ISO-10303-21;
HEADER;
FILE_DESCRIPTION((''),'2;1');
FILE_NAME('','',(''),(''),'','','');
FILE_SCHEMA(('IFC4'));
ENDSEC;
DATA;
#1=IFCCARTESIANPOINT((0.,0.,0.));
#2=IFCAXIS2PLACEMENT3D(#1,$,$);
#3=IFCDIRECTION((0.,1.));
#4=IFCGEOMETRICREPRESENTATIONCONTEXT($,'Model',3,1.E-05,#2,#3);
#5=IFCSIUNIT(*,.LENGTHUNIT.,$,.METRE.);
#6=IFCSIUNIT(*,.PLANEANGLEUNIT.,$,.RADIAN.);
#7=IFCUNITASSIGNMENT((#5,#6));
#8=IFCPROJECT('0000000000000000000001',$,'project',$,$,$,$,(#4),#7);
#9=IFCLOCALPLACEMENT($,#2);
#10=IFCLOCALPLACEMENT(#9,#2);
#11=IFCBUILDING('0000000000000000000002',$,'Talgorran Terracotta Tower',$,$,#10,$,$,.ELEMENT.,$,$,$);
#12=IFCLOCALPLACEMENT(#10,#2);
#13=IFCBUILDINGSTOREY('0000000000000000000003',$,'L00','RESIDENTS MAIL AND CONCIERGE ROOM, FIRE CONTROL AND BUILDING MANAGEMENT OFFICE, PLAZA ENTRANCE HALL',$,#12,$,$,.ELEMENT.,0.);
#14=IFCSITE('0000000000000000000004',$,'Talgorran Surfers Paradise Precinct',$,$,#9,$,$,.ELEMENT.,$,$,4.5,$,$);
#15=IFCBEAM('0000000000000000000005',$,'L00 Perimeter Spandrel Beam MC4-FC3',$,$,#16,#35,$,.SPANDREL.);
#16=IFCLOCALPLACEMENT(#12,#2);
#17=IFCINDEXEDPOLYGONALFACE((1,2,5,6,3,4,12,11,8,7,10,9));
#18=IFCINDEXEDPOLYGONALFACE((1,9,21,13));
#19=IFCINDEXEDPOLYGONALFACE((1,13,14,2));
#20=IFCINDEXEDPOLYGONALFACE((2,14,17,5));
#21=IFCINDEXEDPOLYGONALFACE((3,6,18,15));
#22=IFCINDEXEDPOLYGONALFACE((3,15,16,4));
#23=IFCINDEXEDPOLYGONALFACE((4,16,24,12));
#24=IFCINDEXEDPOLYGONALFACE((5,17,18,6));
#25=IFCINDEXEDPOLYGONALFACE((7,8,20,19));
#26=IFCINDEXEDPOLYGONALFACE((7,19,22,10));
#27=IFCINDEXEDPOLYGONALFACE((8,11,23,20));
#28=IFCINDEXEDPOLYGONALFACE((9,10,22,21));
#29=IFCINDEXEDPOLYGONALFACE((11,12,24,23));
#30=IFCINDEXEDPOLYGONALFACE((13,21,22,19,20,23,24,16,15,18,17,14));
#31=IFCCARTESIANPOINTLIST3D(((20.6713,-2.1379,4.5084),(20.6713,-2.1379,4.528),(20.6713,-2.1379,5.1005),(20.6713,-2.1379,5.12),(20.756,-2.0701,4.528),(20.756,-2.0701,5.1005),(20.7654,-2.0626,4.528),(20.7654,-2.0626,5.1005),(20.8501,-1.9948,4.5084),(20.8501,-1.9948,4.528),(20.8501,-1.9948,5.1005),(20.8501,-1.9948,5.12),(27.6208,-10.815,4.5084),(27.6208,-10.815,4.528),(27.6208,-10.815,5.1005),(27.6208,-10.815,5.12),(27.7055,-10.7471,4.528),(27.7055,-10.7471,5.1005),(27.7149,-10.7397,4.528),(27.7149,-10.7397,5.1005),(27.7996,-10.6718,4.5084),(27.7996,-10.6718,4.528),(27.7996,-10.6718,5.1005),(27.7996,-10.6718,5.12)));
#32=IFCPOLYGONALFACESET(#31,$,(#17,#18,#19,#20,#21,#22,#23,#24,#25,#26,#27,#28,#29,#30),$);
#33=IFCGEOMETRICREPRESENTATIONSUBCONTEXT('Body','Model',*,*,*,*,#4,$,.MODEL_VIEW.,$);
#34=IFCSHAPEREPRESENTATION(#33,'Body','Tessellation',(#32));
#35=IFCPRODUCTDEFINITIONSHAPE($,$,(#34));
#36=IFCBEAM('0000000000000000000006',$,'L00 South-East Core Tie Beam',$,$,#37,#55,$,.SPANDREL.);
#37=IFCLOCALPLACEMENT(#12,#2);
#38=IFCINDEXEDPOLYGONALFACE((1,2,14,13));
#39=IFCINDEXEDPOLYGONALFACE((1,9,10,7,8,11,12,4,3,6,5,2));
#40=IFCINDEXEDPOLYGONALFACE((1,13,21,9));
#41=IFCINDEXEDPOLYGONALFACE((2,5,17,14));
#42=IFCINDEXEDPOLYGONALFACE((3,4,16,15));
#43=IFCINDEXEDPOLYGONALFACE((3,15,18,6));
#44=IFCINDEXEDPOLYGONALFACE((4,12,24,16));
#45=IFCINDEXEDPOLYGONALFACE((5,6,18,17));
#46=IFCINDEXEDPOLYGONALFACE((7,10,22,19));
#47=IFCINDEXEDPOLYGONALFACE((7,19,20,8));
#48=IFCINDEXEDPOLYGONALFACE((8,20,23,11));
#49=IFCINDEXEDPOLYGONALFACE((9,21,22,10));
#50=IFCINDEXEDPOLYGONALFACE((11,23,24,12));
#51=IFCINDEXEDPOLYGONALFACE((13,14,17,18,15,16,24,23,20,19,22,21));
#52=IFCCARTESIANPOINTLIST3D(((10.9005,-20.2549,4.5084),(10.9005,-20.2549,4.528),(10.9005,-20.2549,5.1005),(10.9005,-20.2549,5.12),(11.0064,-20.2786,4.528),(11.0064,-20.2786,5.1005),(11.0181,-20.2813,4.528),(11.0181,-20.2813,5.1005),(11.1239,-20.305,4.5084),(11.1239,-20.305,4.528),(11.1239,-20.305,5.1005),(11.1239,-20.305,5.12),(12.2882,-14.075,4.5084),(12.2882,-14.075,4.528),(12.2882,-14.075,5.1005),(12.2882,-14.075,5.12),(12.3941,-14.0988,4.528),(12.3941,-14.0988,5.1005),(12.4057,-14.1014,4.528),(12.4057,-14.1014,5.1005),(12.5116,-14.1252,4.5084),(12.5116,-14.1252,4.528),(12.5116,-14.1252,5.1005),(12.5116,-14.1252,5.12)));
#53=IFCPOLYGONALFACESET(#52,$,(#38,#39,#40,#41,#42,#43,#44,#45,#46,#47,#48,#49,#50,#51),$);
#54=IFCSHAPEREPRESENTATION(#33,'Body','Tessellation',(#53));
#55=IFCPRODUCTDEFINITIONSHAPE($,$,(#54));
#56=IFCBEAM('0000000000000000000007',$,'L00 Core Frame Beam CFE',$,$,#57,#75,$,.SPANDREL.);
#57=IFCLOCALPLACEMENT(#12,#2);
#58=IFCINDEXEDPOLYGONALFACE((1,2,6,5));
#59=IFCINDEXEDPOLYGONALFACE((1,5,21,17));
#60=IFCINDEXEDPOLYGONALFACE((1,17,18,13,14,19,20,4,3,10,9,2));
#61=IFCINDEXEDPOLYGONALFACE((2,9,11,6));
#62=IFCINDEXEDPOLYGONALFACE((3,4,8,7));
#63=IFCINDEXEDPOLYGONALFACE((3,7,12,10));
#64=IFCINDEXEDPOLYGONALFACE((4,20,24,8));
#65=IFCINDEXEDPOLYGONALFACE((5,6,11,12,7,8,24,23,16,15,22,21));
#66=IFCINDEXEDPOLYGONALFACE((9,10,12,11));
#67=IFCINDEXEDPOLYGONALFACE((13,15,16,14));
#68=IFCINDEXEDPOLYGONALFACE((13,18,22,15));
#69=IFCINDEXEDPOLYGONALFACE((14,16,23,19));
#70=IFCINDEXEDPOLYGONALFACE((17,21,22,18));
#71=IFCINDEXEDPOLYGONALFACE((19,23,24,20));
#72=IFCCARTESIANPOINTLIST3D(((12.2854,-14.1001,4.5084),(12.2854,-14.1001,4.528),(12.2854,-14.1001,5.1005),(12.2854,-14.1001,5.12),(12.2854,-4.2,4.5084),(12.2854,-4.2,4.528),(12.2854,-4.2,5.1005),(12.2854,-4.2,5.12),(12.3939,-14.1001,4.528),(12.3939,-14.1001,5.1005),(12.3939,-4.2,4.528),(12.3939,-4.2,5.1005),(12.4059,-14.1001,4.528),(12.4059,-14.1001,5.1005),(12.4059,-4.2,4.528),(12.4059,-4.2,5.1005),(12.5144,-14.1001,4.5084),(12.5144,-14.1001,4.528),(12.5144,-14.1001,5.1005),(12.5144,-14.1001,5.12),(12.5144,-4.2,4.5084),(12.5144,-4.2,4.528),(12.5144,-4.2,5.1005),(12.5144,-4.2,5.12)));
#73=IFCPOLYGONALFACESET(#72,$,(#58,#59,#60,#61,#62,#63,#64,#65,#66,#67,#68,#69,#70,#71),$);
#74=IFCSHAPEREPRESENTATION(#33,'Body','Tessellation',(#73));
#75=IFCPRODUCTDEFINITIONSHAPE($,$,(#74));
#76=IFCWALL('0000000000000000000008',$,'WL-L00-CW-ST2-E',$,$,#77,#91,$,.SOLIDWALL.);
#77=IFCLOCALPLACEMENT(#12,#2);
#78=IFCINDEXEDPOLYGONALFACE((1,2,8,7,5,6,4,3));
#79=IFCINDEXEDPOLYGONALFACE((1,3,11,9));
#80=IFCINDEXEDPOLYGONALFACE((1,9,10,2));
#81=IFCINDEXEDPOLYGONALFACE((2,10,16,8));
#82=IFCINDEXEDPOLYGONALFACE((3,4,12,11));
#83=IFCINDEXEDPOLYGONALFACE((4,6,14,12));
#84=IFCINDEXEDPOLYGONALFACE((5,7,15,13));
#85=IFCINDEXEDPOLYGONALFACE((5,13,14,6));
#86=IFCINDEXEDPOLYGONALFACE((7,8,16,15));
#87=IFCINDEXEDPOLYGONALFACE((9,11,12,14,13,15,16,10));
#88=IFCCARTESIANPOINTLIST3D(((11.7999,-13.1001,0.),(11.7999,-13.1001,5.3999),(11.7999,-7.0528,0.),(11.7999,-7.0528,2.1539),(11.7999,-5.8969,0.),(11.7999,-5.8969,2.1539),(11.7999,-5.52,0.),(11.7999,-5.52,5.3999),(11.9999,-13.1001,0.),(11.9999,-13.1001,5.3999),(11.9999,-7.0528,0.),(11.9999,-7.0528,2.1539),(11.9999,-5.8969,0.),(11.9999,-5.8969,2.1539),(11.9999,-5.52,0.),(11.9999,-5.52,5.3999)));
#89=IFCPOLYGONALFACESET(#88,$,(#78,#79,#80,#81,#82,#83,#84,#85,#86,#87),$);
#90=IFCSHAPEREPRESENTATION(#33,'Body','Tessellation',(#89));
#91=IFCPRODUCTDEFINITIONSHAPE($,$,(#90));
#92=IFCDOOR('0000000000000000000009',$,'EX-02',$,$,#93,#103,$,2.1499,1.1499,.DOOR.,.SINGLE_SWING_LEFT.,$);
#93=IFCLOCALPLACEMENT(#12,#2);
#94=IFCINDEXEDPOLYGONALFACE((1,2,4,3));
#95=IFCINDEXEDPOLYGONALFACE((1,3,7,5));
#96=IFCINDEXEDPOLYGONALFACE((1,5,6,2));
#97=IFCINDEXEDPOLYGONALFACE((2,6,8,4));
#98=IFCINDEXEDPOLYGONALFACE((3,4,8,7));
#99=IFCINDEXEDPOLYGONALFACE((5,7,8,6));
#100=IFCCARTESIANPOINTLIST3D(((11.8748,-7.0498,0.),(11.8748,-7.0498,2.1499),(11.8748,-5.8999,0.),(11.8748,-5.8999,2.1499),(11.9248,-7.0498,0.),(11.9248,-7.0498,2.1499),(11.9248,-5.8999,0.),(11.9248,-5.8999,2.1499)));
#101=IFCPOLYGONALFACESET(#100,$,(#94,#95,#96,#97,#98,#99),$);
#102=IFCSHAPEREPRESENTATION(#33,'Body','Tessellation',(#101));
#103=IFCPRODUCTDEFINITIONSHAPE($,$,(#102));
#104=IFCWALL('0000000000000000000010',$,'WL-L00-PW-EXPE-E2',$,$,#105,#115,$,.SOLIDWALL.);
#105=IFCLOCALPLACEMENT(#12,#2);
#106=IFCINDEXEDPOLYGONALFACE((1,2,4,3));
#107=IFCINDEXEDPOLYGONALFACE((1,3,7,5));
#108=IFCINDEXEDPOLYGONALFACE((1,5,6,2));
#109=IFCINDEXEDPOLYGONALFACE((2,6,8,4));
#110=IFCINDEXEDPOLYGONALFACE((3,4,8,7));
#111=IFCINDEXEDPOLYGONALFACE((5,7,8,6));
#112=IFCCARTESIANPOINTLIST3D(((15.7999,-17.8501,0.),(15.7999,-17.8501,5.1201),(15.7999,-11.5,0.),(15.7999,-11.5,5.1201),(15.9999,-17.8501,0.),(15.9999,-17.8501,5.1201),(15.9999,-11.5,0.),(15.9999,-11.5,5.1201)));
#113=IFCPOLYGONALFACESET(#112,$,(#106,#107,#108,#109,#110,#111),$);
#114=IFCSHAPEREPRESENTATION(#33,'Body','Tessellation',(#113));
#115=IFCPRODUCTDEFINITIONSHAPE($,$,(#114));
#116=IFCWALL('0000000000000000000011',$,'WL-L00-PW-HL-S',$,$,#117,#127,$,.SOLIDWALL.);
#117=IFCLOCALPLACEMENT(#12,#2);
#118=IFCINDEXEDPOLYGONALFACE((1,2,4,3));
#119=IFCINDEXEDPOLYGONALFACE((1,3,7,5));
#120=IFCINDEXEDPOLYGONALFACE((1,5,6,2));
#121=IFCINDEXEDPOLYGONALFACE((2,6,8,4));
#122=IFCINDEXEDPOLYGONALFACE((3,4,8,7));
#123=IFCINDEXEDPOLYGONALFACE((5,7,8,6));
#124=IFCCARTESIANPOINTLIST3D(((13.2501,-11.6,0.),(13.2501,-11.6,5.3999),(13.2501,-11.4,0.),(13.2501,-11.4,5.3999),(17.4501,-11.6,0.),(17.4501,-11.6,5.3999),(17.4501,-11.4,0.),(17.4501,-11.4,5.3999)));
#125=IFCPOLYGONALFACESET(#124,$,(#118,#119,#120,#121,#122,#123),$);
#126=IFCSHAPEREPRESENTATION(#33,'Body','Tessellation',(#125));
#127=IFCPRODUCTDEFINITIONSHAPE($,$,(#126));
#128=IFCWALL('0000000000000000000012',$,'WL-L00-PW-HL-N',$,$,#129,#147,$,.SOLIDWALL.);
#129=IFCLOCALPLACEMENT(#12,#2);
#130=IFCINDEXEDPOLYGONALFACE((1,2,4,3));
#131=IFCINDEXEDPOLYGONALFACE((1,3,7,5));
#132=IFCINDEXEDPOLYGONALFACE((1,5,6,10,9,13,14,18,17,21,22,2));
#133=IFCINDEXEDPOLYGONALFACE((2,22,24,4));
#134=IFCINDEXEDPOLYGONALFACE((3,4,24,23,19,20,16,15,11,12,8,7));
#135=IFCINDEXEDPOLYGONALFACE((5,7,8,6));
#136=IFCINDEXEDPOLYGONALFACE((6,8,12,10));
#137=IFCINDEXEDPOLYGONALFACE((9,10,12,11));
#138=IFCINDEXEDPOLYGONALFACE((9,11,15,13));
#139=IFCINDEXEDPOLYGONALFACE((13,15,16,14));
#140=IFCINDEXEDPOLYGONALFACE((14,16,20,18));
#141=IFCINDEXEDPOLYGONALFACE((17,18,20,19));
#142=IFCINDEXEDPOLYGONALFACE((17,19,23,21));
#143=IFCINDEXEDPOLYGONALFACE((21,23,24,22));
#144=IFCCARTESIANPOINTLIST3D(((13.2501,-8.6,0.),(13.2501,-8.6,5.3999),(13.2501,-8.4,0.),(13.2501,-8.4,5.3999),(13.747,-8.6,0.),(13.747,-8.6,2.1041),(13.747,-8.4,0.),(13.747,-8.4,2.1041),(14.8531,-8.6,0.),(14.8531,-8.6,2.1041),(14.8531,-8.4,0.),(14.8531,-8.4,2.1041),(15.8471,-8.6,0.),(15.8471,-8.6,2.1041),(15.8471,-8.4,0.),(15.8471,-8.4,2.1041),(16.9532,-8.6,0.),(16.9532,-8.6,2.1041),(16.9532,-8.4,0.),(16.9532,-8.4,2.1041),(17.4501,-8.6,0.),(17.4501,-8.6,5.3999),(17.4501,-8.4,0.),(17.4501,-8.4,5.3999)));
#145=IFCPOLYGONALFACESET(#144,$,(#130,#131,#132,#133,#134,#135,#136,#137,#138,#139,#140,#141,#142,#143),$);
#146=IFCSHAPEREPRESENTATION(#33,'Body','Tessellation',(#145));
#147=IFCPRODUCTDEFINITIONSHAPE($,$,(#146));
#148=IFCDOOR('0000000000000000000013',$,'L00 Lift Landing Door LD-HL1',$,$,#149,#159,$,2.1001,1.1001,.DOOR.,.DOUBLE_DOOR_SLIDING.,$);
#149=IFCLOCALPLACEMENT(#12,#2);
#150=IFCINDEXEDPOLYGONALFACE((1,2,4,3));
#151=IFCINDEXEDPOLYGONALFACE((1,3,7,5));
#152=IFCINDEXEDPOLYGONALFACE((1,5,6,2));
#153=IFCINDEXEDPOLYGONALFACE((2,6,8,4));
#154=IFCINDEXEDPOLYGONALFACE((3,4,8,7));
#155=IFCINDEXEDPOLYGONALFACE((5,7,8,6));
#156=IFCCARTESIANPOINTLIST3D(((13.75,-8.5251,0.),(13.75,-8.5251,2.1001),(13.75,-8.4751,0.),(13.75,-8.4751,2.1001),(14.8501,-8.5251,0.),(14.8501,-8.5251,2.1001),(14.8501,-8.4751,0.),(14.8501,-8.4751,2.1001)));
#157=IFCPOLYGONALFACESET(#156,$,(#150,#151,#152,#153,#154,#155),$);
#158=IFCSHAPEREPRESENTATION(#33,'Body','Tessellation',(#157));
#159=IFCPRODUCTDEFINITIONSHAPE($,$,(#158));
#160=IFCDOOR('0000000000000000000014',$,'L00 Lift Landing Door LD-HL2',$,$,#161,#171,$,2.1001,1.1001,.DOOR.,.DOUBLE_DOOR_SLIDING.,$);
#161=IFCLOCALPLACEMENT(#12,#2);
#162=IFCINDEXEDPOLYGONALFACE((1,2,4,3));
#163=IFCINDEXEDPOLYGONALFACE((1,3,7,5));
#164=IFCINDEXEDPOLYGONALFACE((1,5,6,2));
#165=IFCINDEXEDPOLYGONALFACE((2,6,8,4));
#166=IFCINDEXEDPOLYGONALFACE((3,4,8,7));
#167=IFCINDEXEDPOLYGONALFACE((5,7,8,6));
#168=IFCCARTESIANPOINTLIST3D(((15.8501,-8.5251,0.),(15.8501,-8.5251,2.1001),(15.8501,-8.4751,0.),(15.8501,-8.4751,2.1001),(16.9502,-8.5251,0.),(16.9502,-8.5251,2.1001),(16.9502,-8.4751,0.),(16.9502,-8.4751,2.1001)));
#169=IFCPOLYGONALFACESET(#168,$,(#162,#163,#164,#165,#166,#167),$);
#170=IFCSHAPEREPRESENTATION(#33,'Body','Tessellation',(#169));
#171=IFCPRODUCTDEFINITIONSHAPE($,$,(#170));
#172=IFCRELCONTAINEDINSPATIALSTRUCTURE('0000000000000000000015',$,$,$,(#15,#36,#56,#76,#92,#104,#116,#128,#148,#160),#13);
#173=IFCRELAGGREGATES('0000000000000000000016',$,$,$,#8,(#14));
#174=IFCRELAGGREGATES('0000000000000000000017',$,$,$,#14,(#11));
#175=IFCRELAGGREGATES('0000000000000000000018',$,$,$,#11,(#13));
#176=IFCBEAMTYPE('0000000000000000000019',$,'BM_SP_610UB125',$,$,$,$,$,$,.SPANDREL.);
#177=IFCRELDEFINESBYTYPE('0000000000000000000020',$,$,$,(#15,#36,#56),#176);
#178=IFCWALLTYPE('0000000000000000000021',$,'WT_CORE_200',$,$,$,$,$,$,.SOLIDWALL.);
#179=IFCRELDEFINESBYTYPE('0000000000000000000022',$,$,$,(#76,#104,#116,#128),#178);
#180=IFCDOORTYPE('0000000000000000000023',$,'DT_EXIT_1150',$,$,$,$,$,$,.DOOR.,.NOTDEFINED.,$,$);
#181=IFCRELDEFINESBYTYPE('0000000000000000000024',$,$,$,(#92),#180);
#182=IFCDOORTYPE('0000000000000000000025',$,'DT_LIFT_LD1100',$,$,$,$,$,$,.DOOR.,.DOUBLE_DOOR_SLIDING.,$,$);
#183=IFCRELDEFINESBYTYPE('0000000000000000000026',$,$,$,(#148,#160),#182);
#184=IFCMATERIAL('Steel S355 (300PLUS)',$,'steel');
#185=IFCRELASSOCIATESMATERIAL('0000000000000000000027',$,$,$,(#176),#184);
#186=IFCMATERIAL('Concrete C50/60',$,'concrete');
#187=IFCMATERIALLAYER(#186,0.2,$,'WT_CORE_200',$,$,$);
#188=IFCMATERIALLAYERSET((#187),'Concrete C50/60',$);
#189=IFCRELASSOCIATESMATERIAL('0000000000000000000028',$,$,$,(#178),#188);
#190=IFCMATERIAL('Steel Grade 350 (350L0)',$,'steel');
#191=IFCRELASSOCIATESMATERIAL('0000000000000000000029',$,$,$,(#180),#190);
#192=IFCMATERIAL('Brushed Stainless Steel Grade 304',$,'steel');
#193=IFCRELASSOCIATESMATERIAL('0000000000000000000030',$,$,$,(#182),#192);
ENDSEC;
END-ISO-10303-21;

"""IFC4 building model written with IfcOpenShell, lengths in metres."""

from ifc_helpers import new_model, si_unit, direction, frame, frame_2d, origin, origin_2d, place, context, subcontext, project, spatial, rectangle, i_section, extrude, material, layer, layer_set, material_profile, profile_set, type_object, element, fill, save


model = new_model("IFC4")

# Units and contexts
model_context = context("Model", 3, precision=1e-05, world=origin(), true_north=direction((0.0, 1.0)))
body_context = subcontext(model_context, "Body", "Model", "MODEL_VIEW")
ifc_project = project(units=[si_unit("LENGTHUNIT", "METRE"), si_unit("PLANEANGLEUNIT", "RADIAN")], contexts=[model_context])

# Site, building, storey
site_placement = place(None, origin())
site = spatial("IfcSite", under=ifc_project, at=site_placement, Name="Talgorran Surfers Paradise Precinct", CompositionType="ELEMENT", RefElevation=4.5)
building_placement = place(site_placement, origin())
building = spatial("IfcBuilding", under=site, at=building_placement, Name="Talgorran Terracotta Tower", CompositionType="ELEMENT")
storey_placement = place(building_placement, origin())
storey = spatial("IfcBuildingStorey", under=building, at=storey_placement, Name="L00", Description="RESIDENTS MAIL AND CONCIERGE ROOM, FIRE CONTROL AND BUILDING MANAGEMENT OFFICE, PLAZA ENTRANCE HALL", CompositionType="ELEMENT", Elevation=0.0)

# Shared definitions
ifc_material_1 = material(Name="Steel S355 (300PLUS)", Category="steel")
ifc_material_2 = material(Name="Steel Grade 350 (350L0)", Category="steel")

# Beams
ifc_material_profile_1 = material_profile(ifc_material_1, i_section(OverallWidth=0.229, OverallDepth=0.6116, WebThickness=0.012, FlangeThickness=0.0195, at=origin_2d()), Name="610UB125")
ifc_profile_set_1 = profile_set([ifc_material_profile_1], Name="Steel S355 (300PLUS)")
beam_type = type_object("IfcBeamType", Name="BM_SP_610UB125", PredefinedType="SPANDREL", material=ifc_profile_set_1)
beam_1_placement = place(storey_placement, frame((27.7102, -10.7434, 4.8142), z_axis=(-0.625126, 0.780524, 0.0), x_axis=(-0.780524, -0.625126, 0.0)))
element("IfcBeam", 1, at=beam_1_placement, inside=storey, type_object=beam_type, Name="L00 Perimeter Spandrel Beam MC4-FC3", PredefinedType="SPANDREL", context=body_context, shape_type="SweptSolid", body=[
    extrude(i_section(OverallWidth=0.229, OverallDepth=0.6116, WebThickness=0.012, FlangeThickness=0.0195, at=origin_2d()), origin(), (0.0, 0.0, 1.0), 11.1169),
])
beam_2_placement = place(storey_placement, frame((12.3999, -14.1001, 4.8142), z_axis=(-0.219093, -0.975704, 0.0), x_axis=(0.975704, -0.219093, 0.0)))
element("IfcBeam", 2, at=beam_2_placement, inside=storey, type_object=beam_type, Name="L00 South-East Core Tie Beam", PredefinedType="SPANDREL", context=body_context, shape_type="SweptSolid", body=[
    extrude(i_section(OverallWidth=0.229, OverallDepth=0.6116, WebThickness=0.012, FlangeThickness=0.0195, at=origin_2d()), origin(), (0.0, 0.0, 1.0), 6.3337),
])
beam_3_placement = place(storey_placement, frame((12.3999, -14.1001, 4.8142), z_axis=(0.0, 1.0, 0.0), x_axis=(-1.0, 0.0, 0.0)))
element("IfcBeam", 3, at=beam_3_placement, inside=storey, type_object=beam_type, Name="L00 Core Frame Beam CFE", PredefinedType="SPANDREL", context=body_context, shape_type="SweptSolid", body=[
    extrude(i_section(OverallWidth=0.229, OverallDepth=0.6116, WebThickness=0.012, FlangeThickness=0.0195, at=origin_2d()), origin(), (0.0, 0.0, 1.0), 9.9001),
])

# Wall, opening, door
ifc_material_3 = material(Name="Concrete C50/60", Category="concrete")
ifc_layer_1 = layer(ifc_material_3, 0.2, Name="WT_CORE_200")
ifc_layer_set_1 = layer_set([ifc_layer_1], Name="Concrete C50/60")
wall_type_1 = type_object("IfcWallType", Name="WT_CORE_200", PredefinedType="SOLIDWALL", material=ifc_layer_set_1)
wall_1_placement = place(storey_placement, frame((11.8999, -5.52, 0.0), z_axis=(0.0, 0.0, 1.0), x_axis=(0.0, -1.0, 0.0)))
wall_1 = element("IfcWall", 4, at=wall_1_placement, inside=storey, type_object=wall_type_1, Name="WL-L00-CW-ST2-E", PredefinedType="SOLIDWALL", context=body_context, shape_type="SweptSolid", body=[
    extrude(rectangle(XDim=7.5801, YDim=0.2, at=frame_2d((3.79, 0.0))), origin(), (0.0, 0.0, 1.0), 5.3999),
])
opening_1_placement = place(wall_1_placement, frame((0.3799, 0.0, 0.0)))
opening_1 = element("IfcOpeningElement", 5, at=opening_1_placement, cuts=wall_1, PredefinedType="OPENING", context=body_context, shape_type="SweptSolid", body=[
    extrude(rectangle(XDim=1.1559, YDim=2.1539, at=frame_2d((0.575, 1.0769))), frame((0.0, 0.1099, 0.0), z_axis=(0.0, -1.0, 0.0), x_axis=(1.0, 0.0, 0.0)), (0.0, 0.0, 1.0), 0.22),
])
door_type_1 = type_object("IfcDoorType", Name="DT_EXIT_1150", OperationType="NOTDEFINED", PredefinedType="DOOR", material=ifc_material_2)
door_1_placement = place(opening_1_placement, origin())
door_1 = element("IfcDoor", 6, at=door_1_placement, inside=storey, type_object=door_type_1, Name="EX-02", OperationType="SINGLE_SWING_LEFT", OverallHeight=2.1499, OverallWidth=1.1499, PredefinedType="DOOR", context=body_context, shape_type="SweptSolid", body=[
    extrude(rectangle(XDim=1.1499, YDim=2.1499, at=frame_2d((0.575, 1.075))), frame((0.0, 0.0249, 0.0), z_axis=(0.0, -1.0, 0.0), x_axis=(1.0, 0.0, 0.0)), (0.0, 0.0, 1.0), 0.05),
])
fill(opening_1, door_1)

# Walls
wall_2_placement = place(storey_placement, frame((15.8999, -17.8501, 0.0), z_axis=(0.0, 0.0, 1.0), x_axis=(0.0, 1.0, 0.0)))
element("IfcWall", 7, at=wall_2_placement, inside=storey, type_object=wall_type_1, Name="WL-L00-PW-EXPE-E2", PredefinedType="SOLIDWALL", context=body_context, shape_type="SweptSolid", body=[
    extrude(rectangle(XDim=6.3501, YDim=0.2, at=frame_2d((3.175, 0.0))), origin(), (0.0, 0.0, 1.0), 5.1201),
])
wall_3_placement = place(storey_placement, frame((13.25, -11.5, 0.0), z_axis=(0.0, 0.0, 1.0), x_axis=(1.0, 0.0, 0.0)))
element("IfcWall", 8, at=wall_3_placement, inside=storey, type_object=wall_type_1, Name="WL-L00-PW-HL-S", PredefinedType="SOLIDWALL", context=body_context, shape_type="SweptSolid", body=[
    extrude(rectangle(XDim=4.2, YDim=0.2, at=frame_2d((2.1001, 0.0))), origin(), (0.0, 0.0, 1.0), 5.3999),
])

# Wall, openings, doors
wall_4_placement = place(storey_placement, frame((13.25, -8.5, 0.0), z_axis=(0.0, 0.0, 1.0), x_axis=(1.0, 0.0, 0.0)))
wall_4 = element("IfcWall", 9, at=wall_4_placement, inside=storey, type_object=wall_type_1, Name="WL-L00-PW-HL-N", PredefinedType="SOLIDWALL", context=body_context, shape_type="SweptSolid", body=[
    extrude(rectangle(XDim=4.2, YDim=0.2, at=frame_2d((2.1001, 0.0))), origin(), (0.0, 0.0, 1.0), 5.3999),
])
opening_2_placement = place(wall_4_placement, frame((0.5, 0.0, 0.0)))
opening_2 = element("IfcOpeningElement", 10, at=opening_2_placement, cuts=wall_4, PredefinedType="OPENING", context=body_context, shape_type="SweptSolid", body=[
    extrude(rectangle(XDim=1.1061, YDim=2.1041, at=frame_2d((0.55, 1.052))), frame((0.0, 0.1099, 0.0), z_axis=(0.0, -1.0, 0.0), x_axis=(1.0, 0.0, 0.0)), (0.0, 0.0, 1.0), 0.22),
])
opening_3_placement = place(wall_4_placement, frame((2.6001, 0.0, 0.0)))
opening_3 = element("IfcOpeningElement", 11, at=opening_3_placement, cuts=wall_4, PredefinedType="OPENING", context=body_context, shape_type="SweptSolid", body=[
    extrude(rectangle(XDim=1.1061, YDim=2.1041, at=frame_2d((0.55, 1.052))), frame((0.0, 0.1099, 0.0), z_axis=(0.0, -1.0, 0.0), x_axis=(1.0, 0.0, 0.0)), (0.0, 0.0, 1.0), 0.22),
])
ifc_material_4 = material(Name="Brushed Stainless Steel Grade 304", Category="steel")
door_type_2 = type_object("IfcDoorType", Name="DT_LIFT_LD1100", OperationType="DOUBLE_DOOR_SLIDING", PredefinedType="DOOR", material=ifc_material_4)
door_2_placement = place(opening_2_placement, origin())
door_2 = element("IfcDoor", 12, at=door_2_placement, inside=storey, type_object=door_type_2, Name="L00 Lift Landing Door LD-HL1", OperationType="DOUBLE_DOOR_SLIDING", OverallHeight=2.1001, OverallWidth=1.1001, PredefinedType="DOOR", context=body_context, shape_type="SweptSolid", body=[
    extrude(rectangle(XDim=1.1001, YDim=2.1001, at=frame_2d((0.55, 1.05))), frame((0.0, 0.0249, 0.0), z_axis=(0.0, -1.0, 0.0), x_axis=(1.0, 0.0, 0.0)), (0.0, 0.0, 1.0), 0.05),
])
fill(opening_2, door_2)
door_3_placement = place(opening_3_placement, origin())
door_3 = element("IfcDoor", 13, at=door_3_placement, inside=storey, type_object=door_type_2, Name="L00 Lift Landing Door LD-HL2", OperationType="DOUBLE_DOOR_SLIDING", OverallHeight=2.1001, OverallWidth=1.1001, PredefinedType="DOOR", context=body_context, shape_type="SweptSolid", body=[
    extrude(rectangle(XDim=1.1001, YDim=2.1001, at=frame_2d((0.55, 1.05))), frame((0.0, 0.0249, 0.0), z_axis=(0.0, -1.0, 0.0), x_axis=(1.0, 0.0, 0.0)), (0.0, 0.0, 1.0), 0.05),
])
fill(opening_3, door_3)

save(model, "model.ifc")
